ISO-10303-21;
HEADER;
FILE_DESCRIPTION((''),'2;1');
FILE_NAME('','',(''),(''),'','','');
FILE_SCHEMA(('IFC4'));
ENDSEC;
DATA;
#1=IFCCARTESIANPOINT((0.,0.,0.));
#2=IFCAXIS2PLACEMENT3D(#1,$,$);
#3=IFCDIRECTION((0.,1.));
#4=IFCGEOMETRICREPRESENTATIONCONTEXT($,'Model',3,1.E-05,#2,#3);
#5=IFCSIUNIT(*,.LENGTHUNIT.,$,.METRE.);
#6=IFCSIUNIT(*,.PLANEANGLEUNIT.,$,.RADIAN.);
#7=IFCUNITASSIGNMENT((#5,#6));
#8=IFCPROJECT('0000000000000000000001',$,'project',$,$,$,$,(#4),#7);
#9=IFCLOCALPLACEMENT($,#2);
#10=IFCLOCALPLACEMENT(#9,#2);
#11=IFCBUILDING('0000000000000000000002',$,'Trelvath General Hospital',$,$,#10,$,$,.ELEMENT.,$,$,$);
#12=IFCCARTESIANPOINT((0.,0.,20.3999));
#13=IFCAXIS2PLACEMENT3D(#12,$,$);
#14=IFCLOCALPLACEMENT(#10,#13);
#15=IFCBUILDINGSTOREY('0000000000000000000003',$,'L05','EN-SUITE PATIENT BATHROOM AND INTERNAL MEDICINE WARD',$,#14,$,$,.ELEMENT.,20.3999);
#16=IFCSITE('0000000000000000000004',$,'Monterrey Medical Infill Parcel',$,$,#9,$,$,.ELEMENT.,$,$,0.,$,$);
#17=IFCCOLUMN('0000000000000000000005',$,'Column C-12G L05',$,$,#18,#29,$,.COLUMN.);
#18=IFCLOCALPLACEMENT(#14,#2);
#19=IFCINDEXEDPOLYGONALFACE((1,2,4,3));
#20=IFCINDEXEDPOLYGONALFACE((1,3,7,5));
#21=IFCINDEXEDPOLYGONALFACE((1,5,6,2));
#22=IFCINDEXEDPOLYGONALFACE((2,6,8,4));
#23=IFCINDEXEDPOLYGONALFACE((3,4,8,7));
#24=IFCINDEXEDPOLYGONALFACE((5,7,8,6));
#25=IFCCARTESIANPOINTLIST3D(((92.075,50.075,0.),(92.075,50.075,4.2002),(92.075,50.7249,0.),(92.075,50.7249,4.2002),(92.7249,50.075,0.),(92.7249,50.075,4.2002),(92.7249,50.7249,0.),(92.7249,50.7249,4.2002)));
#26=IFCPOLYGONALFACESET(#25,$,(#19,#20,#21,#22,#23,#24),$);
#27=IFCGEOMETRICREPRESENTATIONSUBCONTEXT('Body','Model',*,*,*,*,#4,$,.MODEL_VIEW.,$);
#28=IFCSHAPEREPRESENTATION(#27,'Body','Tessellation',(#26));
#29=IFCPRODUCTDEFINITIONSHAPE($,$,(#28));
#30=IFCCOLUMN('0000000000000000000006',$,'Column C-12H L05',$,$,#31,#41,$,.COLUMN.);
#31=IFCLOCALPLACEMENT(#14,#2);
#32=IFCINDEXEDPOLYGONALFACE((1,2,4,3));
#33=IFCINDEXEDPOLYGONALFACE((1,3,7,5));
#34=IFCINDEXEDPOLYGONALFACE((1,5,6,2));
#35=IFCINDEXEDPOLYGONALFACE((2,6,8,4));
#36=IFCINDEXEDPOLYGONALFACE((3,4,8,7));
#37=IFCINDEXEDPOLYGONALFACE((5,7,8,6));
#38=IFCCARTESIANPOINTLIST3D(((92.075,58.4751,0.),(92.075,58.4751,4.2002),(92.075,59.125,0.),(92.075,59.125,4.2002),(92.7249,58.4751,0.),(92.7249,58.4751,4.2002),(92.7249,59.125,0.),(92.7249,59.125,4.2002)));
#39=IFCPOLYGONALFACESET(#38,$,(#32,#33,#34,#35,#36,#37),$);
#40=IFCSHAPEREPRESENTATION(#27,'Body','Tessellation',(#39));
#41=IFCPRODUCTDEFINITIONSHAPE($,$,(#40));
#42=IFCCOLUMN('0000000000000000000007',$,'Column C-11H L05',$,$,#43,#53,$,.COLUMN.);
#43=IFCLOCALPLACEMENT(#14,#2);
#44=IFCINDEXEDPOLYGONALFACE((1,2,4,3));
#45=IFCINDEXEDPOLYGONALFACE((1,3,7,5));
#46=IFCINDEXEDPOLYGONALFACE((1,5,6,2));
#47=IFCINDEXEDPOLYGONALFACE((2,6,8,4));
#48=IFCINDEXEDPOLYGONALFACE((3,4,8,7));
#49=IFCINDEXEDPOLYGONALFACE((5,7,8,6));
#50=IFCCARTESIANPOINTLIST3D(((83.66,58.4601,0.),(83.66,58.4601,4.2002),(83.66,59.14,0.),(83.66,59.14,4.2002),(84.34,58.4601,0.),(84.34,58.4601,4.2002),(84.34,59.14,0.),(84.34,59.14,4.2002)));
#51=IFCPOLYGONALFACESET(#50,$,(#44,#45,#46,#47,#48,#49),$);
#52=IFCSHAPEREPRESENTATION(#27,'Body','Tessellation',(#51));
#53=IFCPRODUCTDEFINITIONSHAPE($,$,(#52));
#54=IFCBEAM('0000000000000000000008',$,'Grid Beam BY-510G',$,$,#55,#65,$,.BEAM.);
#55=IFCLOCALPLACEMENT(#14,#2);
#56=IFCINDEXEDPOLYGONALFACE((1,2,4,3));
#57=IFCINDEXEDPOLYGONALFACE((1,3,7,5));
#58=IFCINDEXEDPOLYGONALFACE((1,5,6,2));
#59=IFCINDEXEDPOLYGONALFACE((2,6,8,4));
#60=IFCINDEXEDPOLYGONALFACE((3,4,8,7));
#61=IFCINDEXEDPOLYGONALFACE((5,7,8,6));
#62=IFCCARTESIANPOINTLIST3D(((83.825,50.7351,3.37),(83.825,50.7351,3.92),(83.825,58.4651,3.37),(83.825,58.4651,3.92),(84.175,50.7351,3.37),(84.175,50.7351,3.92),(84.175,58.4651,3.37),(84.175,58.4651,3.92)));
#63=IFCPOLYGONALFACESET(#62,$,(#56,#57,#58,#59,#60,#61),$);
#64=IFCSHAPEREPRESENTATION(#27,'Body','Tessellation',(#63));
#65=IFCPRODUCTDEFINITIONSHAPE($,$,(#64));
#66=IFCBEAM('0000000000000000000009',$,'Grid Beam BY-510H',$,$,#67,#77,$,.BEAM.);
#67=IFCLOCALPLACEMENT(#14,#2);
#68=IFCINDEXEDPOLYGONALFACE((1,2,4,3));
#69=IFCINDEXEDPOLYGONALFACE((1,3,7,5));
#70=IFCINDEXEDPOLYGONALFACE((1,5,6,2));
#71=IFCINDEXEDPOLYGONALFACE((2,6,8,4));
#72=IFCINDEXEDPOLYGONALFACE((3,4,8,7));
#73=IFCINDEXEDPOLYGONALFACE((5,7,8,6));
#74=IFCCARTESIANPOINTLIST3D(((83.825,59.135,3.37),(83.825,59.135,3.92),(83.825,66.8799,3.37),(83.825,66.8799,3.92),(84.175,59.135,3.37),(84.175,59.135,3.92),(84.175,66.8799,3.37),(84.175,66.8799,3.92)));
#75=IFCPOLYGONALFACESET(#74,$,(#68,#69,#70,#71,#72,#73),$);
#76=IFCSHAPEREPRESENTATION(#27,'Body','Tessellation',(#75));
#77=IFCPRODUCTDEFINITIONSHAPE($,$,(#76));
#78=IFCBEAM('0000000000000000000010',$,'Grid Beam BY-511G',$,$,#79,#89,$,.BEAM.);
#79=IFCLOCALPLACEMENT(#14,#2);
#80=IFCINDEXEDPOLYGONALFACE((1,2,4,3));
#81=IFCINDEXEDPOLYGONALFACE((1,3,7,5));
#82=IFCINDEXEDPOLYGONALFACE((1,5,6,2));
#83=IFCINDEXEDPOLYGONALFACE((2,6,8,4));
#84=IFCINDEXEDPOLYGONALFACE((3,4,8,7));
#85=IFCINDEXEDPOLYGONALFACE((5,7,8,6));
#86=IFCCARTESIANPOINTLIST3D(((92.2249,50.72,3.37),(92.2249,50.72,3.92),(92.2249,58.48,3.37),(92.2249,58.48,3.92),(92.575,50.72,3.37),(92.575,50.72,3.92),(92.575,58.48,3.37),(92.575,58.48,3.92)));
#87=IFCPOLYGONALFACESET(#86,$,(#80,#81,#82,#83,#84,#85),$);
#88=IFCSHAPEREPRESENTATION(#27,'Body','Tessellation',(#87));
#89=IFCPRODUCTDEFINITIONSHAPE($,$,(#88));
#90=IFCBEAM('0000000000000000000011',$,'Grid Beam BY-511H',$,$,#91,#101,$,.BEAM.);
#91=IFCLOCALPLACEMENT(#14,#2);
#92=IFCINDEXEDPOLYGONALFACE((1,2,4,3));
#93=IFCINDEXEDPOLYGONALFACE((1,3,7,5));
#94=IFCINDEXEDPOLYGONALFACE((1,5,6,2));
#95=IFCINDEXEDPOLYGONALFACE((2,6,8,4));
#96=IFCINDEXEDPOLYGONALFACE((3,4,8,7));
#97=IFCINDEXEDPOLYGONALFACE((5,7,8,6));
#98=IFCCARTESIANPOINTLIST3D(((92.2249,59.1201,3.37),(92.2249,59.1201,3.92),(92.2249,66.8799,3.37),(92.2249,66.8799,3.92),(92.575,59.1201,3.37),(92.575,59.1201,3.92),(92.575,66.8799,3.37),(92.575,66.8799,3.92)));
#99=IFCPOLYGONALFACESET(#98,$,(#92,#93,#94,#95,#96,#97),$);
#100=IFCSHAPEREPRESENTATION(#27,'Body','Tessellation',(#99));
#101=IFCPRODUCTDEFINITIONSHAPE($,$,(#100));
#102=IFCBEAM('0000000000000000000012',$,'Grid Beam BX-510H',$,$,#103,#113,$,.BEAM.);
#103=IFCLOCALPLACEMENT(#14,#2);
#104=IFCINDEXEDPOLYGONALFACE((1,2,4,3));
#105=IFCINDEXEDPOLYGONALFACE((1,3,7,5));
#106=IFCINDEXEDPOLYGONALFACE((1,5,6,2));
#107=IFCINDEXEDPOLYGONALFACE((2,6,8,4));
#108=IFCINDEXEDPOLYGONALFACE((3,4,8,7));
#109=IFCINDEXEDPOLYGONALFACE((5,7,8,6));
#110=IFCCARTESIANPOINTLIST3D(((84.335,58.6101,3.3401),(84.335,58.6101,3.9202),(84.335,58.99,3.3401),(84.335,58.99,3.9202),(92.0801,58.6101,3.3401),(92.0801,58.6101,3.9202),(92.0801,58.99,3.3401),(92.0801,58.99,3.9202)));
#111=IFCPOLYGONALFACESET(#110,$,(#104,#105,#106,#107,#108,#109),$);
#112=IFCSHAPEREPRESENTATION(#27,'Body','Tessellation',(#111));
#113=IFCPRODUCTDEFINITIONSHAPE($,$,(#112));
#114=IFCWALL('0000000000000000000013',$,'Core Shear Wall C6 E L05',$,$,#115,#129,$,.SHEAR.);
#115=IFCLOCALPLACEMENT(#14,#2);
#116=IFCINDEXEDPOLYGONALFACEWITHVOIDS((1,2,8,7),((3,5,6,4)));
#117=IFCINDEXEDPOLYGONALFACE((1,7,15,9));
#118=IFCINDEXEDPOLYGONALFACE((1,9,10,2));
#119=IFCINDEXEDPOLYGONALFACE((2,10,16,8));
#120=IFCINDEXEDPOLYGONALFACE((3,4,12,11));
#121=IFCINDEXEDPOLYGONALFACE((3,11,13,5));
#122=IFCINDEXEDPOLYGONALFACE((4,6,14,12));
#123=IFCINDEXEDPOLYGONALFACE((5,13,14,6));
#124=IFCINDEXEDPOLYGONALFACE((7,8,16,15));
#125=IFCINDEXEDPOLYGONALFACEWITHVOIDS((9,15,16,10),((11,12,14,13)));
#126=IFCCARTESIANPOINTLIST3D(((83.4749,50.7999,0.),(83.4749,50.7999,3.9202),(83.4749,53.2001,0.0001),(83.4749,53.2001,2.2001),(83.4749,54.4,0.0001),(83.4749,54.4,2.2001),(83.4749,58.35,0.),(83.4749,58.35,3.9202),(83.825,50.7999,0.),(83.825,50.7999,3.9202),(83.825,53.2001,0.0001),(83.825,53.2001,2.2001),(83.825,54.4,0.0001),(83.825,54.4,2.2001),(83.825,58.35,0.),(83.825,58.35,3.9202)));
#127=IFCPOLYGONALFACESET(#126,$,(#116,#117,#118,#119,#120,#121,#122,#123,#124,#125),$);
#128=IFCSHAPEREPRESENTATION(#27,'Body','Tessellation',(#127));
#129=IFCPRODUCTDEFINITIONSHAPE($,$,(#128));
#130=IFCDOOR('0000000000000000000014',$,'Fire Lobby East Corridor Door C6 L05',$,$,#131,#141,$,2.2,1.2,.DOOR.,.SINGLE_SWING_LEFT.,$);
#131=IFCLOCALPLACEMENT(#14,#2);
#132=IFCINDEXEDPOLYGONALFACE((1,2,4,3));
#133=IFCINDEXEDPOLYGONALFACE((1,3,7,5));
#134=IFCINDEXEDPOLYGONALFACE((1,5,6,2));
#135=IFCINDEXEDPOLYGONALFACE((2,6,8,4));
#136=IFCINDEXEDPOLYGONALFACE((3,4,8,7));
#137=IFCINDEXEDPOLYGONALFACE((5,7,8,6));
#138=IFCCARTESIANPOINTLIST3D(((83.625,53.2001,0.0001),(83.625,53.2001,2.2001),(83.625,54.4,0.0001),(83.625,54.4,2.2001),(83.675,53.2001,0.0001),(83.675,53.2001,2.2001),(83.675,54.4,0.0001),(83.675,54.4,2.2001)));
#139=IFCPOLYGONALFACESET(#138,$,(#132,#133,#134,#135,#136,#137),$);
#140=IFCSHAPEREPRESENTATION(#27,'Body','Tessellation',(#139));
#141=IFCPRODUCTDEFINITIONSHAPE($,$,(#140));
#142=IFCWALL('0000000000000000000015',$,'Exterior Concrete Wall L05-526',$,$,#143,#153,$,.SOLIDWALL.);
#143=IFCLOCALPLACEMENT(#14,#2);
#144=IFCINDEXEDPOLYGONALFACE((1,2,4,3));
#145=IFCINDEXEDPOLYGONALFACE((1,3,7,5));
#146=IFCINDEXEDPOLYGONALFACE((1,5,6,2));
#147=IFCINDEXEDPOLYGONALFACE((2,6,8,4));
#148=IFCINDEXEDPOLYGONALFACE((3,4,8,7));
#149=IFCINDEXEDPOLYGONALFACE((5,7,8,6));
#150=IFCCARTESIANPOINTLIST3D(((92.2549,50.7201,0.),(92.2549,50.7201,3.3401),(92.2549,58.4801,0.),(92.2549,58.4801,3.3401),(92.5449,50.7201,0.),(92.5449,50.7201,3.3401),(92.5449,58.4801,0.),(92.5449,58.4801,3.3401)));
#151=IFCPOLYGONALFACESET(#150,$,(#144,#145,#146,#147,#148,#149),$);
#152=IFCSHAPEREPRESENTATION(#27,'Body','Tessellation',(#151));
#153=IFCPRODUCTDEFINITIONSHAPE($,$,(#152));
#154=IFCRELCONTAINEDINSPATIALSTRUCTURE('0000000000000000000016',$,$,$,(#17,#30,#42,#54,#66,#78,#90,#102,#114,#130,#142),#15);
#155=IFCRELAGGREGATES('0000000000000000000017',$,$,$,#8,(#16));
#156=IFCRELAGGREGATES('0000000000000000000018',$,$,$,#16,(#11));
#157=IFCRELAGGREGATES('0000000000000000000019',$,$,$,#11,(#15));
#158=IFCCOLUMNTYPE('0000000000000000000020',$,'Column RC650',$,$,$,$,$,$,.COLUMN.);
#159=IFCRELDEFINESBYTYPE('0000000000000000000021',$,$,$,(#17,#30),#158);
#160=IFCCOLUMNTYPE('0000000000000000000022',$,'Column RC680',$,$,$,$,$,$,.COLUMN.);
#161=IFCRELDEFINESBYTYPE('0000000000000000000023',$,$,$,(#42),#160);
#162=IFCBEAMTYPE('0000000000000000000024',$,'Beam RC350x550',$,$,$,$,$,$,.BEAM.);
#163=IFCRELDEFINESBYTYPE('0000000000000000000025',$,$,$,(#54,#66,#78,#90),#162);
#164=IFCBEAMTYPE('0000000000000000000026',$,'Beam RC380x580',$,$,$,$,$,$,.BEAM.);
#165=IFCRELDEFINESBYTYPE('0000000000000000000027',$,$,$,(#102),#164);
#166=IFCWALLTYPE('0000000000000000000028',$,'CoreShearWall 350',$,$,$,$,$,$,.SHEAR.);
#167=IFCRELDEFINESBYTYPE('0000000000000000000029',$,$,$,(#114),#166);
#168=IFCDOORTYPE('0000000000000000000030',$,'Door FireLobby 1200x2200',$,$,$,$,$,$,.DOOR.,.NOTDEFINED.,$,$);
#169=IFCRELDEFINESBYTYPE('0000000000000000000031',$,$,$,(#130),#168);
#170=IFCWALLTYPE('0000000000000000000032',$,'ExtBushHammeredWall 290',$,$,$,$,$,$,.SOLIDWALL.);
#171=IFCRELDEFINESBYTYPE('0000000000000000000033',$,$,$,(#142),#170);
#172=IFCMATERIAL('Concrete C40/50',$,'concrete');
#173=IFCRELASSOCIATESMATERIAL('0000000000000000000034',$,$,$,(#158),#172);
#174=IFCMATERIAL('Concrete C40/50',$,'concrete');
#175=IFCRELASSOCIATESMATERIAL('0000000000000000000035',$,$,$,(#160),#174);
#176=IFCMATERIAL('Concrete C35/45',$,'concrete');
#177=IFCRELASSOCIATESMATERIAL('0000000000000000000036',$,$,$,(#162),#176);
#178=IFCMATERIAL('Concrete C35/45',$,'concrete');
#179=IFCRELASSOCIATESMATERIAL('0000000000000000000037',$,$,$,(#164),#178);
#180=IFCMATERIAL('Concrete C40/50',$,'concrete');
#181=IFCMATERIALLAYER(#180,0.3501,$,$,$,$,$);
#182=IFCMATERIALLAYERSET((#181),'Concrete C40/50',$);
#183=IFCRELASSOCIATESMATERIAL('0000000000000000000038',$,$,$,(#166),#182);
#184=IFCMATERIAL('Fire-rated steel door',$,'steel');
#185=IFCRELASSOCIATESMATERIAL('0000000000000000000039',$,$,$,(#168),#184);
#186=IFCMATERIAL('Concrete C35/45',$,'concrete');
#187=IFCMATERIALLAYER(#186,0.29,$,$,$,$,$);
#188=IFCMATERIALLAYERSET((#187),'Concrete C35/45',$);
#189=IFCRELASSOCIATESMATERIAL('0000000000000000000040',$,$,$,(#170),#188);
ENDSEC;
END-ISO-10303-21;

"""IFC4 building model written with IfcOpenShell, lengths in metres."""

from ifc_helpers import new_model, si_unit, direction, frame, frame_2d, origin, origin_2d, place, context, subcontext, project, spatial, rectangle, extrude, material, layer, layer_set, material_profile, profile_set, type_object, element, fill, save


model = new_model("IFC4")

# Units and contexts
model_context = context("Model", 3, precision=1e-05, world=origin(), true_north=direction((0.0, 1.0)))
body_context = subcontext(model_context, "Body", "Model", "MODEL_VIEW")
ifc_project = project(units=[si_unit("LENGTHUNIT", "METRE"), si_unit("PLANEANGLEUNIT", "RADIAN")], contexts=[model_context])

# Site, building, storey
site_placement = place(None, origin())
site = spatial("IfcSite", under=ifc_project, at=site_placement, Name="Monterrey Medical Infill Parcel", CompositionType="ELEMENT", RefElevation=0.0)
building_placement = place(site_placement, origin())
building = spatial("IfcBuilding", under=site, at=building_placement, Name="Trelvath General Hospital", CompositionType="ELEMENT")
storey_placement = place(building_placement, frame((0.0, 0.0, 20.3999)))
storey = spatial("IfcBuildingStorey", under=building, at=storey_placement, Name="L05", Description="EN-SUITE PATIENT BATHROOM AND INTERNAL MEDICINE WARD", CompositionType="ELEMENT", Elevation=20.3999)

# Columns
ifc_material_1 = material(Name="Concrete C40/50", Category="concrete")
ifc_material_profile_1 = material_profile(ifc_material_1, rectangle(XDim=0.6499, YDim=0.6499, at=origin_2d()), Name="RC650x650")
ifc_profile_set_1 = profile_set([ifc_material_profile_1], Name="Concrete C40/50")
column_type_1 = type_object("IfcColumnType", Name="Column RC650", PredefinedType="COLUMN", material=ifc_profile_set_1)
for number, where, z_axis, x_axis, name in (
    (1, (92.3999, 50.3999, 0.0), (0.0, 0.0, 1.0), (1.0, 0.0, 0.0), "Column C-12G L05"),
    (2, (92.3999, 58.8, 0.0), (0.0, 0.0, 1.0), (1.0, 0.0, 0.0), "Column C-12H L05"),
):
    element("IfcColumn", number, at=place(storey_placement, frame(where, z_axis=z_axis, x_axis=x_axis)), inside=storey, type_object=column_type_1, Name=name, PredefinedType="COLUMN", context=body_context, shape_type="SweptSolid", body=[
        extrude(rectangle(XDim=0.6499, YDim=0.6499, at=origin_2d()), origin(), (0.0, 0.0, 1.0), 4.2002),
    ])
ifc_material_2 = material(Name="Concrete C40/50", Category="concrete")
ifc_material_profile_2 = material_profile(ifc_material_2, rectangle(XDim=0.6799, YDim=0.6799, at=origin_2d()), Name="RC680x680")
ifc_profile_set_2 = profile_set([ifc_material_profile_2], Name="Concrete C40/50")
column_type_2 = type_object("IfcColumnType", Name="Column RC680", PredefinedType="COLUMN", material=ifc_profile_set_2)
column_placement = place(storey_placement, frame((84.0, 58.8, 0.0), z_axis=(0.0, 0.0, 1.0), x_axis=(1.0, 0.0, 0.0)))
element("IfcColumn", 3, at=column_placement, inside=storey, type_object=column_type_2, Name="Column C-11H L05", PredefinedType="COLUMN", context=body_context, shape_type="SweptSolid", body=[
    extrude(rectangle(XDim=0.6799, YDim=0.6799, at=origin_2d()), origin(), (0.0, 0.0, 1.0), 4.2002),
])

# Beams
ifc_material_3 = material(Name="Concrete C35/45", Category="concrete")
ifc_material_profile_3 = material_profile(ifc_material_3, rectangle(XDim=0.3501, YDim=0.55, at=origin_2d()), Name="RCB350x550")
ifc_profile_set_3 = profile_set([ifc_material_profile_3], Name="Concrete C35/45")
beam_type_1 = type_object("IfcBeamType", Name="Beam RC350x550", PredefinedType="BEAM", material=ifc_profile_set_3)
beam_1_placement = place(storey_placement, frame((84.0, 50.7351, 3.645), z_axis=(0.0, 1.0, 0.0), x_axis=(-1.0, 0.0, 0.0)))
element("IfcBeam", 4, at=beam_1_placement, inside=storey, type_object=beam_type_1, Name="Grid Beam BY-510G", PredefinedType="BEAM", context=body_context, shape_type="SweptSolid", body=[
    extrude(rectangle(XDim=0.3501, YDim=0.55, at=origin_2d()), origin(), (0.0, 0.0, 1.0), 7.73),
])
beam_2_placement = place(storey_placement, frame((84.0, 59.135, 3.645), z_axis=(0.0, 1.0, 0.0), x_axis=(-1.0, 0.0, 0.0)))
element("IfcBeam", 5, at=beam_2_placement, inside=storey, type_object=beam_type_1, Name="Grid Beam BY-510H", PredefinedType="BEAM", context=body_context, shape_type="SweptSolid", body=[
    extrude(rectangle(XDim=0.3501, YDim=0.55, at=origin_2d()), origin(), (0.0, 0.0, 1.0), 7.7449),
])
beam_3_placement = place(storey_placement, frame((92.3999, 50.72, 3.645), z_axis=(0.0, 1.0, 0.0), x_axis=(-1.0, 0.0, 0.0)))
element("IfcBeam", 6, at=beam_3_placement, inside=storey, type_object=beam_type_1, Name="Grid Beam BY-511G", PredefinedType="BEAM", context=body_context, shape_type="SweptSolid", body=[
    extrude(rectangle(XDim=0.3501, YDim=0.55, at=origin_2d()), origin(), (0.0, 0.0, 1.0), 7.76),
])
beam_4_placement = place(storey_placement, frame((92.3999, 59.1201, 3.645), z_axis=(0.0, 1.0, 0.0), x_axis=(-1.0, 0.0, 0.0)))
element("IfcBeam", 7, at=beam_4_placement, inside=storey, type_object=beam_type_1, Name="Grid Beam BY-511H", PredefinedType="BEAM", context=body_context, shape_type="SweptSolid", body=[
    extrude(rectangle(XDim=0.3501, YDim=0.55, at=origin_2d()), origin(), (0.0, 0.0, 1.0), 7.7598),
])
ifc_material_4 = material(Name="Concrete C35/45", Category="concrete")
ifc_material_profile_4 = material_profile(ifc_material_4, rectangle(XDim=0.3799, YDim=0.5801, at=origin_2d()), Name="RCB380x580")
ifc_profile_set_4 = profile_set([ifc_material_profile_4], Name="Concrete C35/45")
beam_type_2 = type_object("IfcBeamType", Name="Beam RC380x580", PredefinedType="BEAM", material=ifc_profile_set_4)
beam_5_placement = place(storey_placement, frame((84.335, 58.8, 3.6301), z_axis=(1.0, 0.0, 0.0), x_axis=(0.0, 1.0, 0.0)))
element("IfcBeam", 8, at=beam_5_placement, inside=storey, type_object=beam_type_2, Name="Grid Beam BX-510H", PredefinedType="BEAM", context=body_context, shape_type="SweptSolid", body=[
    extrude(rectangle(XDim=0.3799, YDim=0.5801, at=origin_2d()), origin(), (0.0, 0.0, 1.0), 7.7451),
])

# Wall, opening, door
ifc_material_5 = material(Name="Concrete C40/50", Category="concrete")
ifc_layer_1 = layer(ifc_material_5, 0.3501)
ifc_layer_set_1 = layer_set([ifc_layer_1], Name="Concrete C40/50")
wall_type_1 = type_object("IfcWallType", Name="CoreShearWall 350", PredefinedType="SHEAR", material=ifc_layer_set_1)
wall_1_placement = place(storey_placement, frame((83.6499, 50.8, 0.0), z_axis=(0.0, 0.0, 1.0), x_axis=(0.0, 1.0, 0.0)))
wall_1 = element("IfcWall", 9, at=wall_1_placement, inside=storey, type_object=wall_type_1, Name="Core Shear Wall C6 E L05", PredefinedType="SHEAR", context=body_context, shape_type="SweptSolid", body=[
    extrude(rectangle(XDim=7.55, YDim=0.3501, at=frame_2d((3.7749, 0.0))), origin(), (0.0, 0.0, 1.0), 3.9202),
])
opening_1_placement = place(wall_1_placement, frame((2.3999, 0.0, 0.0)))
opening_1 = element("IfcOpeningElement", 10, at=opening_1_placement, cuts=wall_1, PredefinedType="OPENING", context=body_context, shape_type="SweptSolid", body=[
    extrude(rectangle(XDim=1.2, YDim=2.2, at=frame_2d((0.6001, 1.1001))), frame((0.0, 0.1851, 0.0), z_axis=(0.0, -1.0, 0.0), x_axis=(1.0, 0.0, 0.0)), (0.0, 0.0, 1.0), 0.3701),
])
ifc_material_6 = material(Name="Fire-rated steel door", Category="steel")
door_type_1 = type_object("IfcDoorType", Name="Door FireLobby 1200x2200", OperationType="NOTDEFINED", PredefinedType="DOOR", material=ifc_material_6)
door_1_placement = place(opening_1_placement, origin())
door_1 = element("IfcDoor", 11, at=door_1_placement, inside=storey, type_object=door_type_1, Name="Fire Lobby East Corridor Door C6 L05", OperationType="SINGLE_SWING_LEFT", OverallHeight=2.2, OverallWidth=1.2, PredefinedType="DOOR", context=body_context, shape_type="SweptSolid", body=[
    extrude(rectangle(XDim=1.2, YDim=2.2, at=frame_2d((0.6001, 1.1001))), frame((0.0, 0.0249, 0.0), z_axis=(0.0, -1.0, 0.0), x_axis=(1.0, 0.0, 0.0)), (0.0, 0.0, 1.0), 0.05),
])
fill(opening_1, door_1)

# Wall
ifc_material_7 = material(Name="Concrete C35/45", Category="concrete")
ifc_layer_2 = layer(ifc_material_7, 0.29)
ifc_layer_set_2 = layer_set([ifc_layer_2], Name="Concrete C35/45")
wall_type_2 = type_object("IfcWallType", Name="ExtBushHammeredWall 290", PredefinedType="SOLIDWALL", material=ifc_layer_set_2)
wall_2_placement = place(storey_placement, frame((92.3999, 58.48, 0.0), z_axis=(0.0, 0.0, 1.0), x_axis=(0.0, -1.0, 0.0)))
element("IfcWall", 12, at=wall_2_placement, inside=storey, type_object=wall_type_2, Name="Exterior Concrete Wall L05-526", PredefinedType="SOLIDWALL", context=body_context, shape_type="SweptSolid", body=[
    extrude(rectangle(XDim=7.76, YDim=0.29, at=frame_2d((3.8799, 0.0))), origin(), (0.0, 0.0, 1.0), 3.3401),
])

save(model, "model.ifc")
